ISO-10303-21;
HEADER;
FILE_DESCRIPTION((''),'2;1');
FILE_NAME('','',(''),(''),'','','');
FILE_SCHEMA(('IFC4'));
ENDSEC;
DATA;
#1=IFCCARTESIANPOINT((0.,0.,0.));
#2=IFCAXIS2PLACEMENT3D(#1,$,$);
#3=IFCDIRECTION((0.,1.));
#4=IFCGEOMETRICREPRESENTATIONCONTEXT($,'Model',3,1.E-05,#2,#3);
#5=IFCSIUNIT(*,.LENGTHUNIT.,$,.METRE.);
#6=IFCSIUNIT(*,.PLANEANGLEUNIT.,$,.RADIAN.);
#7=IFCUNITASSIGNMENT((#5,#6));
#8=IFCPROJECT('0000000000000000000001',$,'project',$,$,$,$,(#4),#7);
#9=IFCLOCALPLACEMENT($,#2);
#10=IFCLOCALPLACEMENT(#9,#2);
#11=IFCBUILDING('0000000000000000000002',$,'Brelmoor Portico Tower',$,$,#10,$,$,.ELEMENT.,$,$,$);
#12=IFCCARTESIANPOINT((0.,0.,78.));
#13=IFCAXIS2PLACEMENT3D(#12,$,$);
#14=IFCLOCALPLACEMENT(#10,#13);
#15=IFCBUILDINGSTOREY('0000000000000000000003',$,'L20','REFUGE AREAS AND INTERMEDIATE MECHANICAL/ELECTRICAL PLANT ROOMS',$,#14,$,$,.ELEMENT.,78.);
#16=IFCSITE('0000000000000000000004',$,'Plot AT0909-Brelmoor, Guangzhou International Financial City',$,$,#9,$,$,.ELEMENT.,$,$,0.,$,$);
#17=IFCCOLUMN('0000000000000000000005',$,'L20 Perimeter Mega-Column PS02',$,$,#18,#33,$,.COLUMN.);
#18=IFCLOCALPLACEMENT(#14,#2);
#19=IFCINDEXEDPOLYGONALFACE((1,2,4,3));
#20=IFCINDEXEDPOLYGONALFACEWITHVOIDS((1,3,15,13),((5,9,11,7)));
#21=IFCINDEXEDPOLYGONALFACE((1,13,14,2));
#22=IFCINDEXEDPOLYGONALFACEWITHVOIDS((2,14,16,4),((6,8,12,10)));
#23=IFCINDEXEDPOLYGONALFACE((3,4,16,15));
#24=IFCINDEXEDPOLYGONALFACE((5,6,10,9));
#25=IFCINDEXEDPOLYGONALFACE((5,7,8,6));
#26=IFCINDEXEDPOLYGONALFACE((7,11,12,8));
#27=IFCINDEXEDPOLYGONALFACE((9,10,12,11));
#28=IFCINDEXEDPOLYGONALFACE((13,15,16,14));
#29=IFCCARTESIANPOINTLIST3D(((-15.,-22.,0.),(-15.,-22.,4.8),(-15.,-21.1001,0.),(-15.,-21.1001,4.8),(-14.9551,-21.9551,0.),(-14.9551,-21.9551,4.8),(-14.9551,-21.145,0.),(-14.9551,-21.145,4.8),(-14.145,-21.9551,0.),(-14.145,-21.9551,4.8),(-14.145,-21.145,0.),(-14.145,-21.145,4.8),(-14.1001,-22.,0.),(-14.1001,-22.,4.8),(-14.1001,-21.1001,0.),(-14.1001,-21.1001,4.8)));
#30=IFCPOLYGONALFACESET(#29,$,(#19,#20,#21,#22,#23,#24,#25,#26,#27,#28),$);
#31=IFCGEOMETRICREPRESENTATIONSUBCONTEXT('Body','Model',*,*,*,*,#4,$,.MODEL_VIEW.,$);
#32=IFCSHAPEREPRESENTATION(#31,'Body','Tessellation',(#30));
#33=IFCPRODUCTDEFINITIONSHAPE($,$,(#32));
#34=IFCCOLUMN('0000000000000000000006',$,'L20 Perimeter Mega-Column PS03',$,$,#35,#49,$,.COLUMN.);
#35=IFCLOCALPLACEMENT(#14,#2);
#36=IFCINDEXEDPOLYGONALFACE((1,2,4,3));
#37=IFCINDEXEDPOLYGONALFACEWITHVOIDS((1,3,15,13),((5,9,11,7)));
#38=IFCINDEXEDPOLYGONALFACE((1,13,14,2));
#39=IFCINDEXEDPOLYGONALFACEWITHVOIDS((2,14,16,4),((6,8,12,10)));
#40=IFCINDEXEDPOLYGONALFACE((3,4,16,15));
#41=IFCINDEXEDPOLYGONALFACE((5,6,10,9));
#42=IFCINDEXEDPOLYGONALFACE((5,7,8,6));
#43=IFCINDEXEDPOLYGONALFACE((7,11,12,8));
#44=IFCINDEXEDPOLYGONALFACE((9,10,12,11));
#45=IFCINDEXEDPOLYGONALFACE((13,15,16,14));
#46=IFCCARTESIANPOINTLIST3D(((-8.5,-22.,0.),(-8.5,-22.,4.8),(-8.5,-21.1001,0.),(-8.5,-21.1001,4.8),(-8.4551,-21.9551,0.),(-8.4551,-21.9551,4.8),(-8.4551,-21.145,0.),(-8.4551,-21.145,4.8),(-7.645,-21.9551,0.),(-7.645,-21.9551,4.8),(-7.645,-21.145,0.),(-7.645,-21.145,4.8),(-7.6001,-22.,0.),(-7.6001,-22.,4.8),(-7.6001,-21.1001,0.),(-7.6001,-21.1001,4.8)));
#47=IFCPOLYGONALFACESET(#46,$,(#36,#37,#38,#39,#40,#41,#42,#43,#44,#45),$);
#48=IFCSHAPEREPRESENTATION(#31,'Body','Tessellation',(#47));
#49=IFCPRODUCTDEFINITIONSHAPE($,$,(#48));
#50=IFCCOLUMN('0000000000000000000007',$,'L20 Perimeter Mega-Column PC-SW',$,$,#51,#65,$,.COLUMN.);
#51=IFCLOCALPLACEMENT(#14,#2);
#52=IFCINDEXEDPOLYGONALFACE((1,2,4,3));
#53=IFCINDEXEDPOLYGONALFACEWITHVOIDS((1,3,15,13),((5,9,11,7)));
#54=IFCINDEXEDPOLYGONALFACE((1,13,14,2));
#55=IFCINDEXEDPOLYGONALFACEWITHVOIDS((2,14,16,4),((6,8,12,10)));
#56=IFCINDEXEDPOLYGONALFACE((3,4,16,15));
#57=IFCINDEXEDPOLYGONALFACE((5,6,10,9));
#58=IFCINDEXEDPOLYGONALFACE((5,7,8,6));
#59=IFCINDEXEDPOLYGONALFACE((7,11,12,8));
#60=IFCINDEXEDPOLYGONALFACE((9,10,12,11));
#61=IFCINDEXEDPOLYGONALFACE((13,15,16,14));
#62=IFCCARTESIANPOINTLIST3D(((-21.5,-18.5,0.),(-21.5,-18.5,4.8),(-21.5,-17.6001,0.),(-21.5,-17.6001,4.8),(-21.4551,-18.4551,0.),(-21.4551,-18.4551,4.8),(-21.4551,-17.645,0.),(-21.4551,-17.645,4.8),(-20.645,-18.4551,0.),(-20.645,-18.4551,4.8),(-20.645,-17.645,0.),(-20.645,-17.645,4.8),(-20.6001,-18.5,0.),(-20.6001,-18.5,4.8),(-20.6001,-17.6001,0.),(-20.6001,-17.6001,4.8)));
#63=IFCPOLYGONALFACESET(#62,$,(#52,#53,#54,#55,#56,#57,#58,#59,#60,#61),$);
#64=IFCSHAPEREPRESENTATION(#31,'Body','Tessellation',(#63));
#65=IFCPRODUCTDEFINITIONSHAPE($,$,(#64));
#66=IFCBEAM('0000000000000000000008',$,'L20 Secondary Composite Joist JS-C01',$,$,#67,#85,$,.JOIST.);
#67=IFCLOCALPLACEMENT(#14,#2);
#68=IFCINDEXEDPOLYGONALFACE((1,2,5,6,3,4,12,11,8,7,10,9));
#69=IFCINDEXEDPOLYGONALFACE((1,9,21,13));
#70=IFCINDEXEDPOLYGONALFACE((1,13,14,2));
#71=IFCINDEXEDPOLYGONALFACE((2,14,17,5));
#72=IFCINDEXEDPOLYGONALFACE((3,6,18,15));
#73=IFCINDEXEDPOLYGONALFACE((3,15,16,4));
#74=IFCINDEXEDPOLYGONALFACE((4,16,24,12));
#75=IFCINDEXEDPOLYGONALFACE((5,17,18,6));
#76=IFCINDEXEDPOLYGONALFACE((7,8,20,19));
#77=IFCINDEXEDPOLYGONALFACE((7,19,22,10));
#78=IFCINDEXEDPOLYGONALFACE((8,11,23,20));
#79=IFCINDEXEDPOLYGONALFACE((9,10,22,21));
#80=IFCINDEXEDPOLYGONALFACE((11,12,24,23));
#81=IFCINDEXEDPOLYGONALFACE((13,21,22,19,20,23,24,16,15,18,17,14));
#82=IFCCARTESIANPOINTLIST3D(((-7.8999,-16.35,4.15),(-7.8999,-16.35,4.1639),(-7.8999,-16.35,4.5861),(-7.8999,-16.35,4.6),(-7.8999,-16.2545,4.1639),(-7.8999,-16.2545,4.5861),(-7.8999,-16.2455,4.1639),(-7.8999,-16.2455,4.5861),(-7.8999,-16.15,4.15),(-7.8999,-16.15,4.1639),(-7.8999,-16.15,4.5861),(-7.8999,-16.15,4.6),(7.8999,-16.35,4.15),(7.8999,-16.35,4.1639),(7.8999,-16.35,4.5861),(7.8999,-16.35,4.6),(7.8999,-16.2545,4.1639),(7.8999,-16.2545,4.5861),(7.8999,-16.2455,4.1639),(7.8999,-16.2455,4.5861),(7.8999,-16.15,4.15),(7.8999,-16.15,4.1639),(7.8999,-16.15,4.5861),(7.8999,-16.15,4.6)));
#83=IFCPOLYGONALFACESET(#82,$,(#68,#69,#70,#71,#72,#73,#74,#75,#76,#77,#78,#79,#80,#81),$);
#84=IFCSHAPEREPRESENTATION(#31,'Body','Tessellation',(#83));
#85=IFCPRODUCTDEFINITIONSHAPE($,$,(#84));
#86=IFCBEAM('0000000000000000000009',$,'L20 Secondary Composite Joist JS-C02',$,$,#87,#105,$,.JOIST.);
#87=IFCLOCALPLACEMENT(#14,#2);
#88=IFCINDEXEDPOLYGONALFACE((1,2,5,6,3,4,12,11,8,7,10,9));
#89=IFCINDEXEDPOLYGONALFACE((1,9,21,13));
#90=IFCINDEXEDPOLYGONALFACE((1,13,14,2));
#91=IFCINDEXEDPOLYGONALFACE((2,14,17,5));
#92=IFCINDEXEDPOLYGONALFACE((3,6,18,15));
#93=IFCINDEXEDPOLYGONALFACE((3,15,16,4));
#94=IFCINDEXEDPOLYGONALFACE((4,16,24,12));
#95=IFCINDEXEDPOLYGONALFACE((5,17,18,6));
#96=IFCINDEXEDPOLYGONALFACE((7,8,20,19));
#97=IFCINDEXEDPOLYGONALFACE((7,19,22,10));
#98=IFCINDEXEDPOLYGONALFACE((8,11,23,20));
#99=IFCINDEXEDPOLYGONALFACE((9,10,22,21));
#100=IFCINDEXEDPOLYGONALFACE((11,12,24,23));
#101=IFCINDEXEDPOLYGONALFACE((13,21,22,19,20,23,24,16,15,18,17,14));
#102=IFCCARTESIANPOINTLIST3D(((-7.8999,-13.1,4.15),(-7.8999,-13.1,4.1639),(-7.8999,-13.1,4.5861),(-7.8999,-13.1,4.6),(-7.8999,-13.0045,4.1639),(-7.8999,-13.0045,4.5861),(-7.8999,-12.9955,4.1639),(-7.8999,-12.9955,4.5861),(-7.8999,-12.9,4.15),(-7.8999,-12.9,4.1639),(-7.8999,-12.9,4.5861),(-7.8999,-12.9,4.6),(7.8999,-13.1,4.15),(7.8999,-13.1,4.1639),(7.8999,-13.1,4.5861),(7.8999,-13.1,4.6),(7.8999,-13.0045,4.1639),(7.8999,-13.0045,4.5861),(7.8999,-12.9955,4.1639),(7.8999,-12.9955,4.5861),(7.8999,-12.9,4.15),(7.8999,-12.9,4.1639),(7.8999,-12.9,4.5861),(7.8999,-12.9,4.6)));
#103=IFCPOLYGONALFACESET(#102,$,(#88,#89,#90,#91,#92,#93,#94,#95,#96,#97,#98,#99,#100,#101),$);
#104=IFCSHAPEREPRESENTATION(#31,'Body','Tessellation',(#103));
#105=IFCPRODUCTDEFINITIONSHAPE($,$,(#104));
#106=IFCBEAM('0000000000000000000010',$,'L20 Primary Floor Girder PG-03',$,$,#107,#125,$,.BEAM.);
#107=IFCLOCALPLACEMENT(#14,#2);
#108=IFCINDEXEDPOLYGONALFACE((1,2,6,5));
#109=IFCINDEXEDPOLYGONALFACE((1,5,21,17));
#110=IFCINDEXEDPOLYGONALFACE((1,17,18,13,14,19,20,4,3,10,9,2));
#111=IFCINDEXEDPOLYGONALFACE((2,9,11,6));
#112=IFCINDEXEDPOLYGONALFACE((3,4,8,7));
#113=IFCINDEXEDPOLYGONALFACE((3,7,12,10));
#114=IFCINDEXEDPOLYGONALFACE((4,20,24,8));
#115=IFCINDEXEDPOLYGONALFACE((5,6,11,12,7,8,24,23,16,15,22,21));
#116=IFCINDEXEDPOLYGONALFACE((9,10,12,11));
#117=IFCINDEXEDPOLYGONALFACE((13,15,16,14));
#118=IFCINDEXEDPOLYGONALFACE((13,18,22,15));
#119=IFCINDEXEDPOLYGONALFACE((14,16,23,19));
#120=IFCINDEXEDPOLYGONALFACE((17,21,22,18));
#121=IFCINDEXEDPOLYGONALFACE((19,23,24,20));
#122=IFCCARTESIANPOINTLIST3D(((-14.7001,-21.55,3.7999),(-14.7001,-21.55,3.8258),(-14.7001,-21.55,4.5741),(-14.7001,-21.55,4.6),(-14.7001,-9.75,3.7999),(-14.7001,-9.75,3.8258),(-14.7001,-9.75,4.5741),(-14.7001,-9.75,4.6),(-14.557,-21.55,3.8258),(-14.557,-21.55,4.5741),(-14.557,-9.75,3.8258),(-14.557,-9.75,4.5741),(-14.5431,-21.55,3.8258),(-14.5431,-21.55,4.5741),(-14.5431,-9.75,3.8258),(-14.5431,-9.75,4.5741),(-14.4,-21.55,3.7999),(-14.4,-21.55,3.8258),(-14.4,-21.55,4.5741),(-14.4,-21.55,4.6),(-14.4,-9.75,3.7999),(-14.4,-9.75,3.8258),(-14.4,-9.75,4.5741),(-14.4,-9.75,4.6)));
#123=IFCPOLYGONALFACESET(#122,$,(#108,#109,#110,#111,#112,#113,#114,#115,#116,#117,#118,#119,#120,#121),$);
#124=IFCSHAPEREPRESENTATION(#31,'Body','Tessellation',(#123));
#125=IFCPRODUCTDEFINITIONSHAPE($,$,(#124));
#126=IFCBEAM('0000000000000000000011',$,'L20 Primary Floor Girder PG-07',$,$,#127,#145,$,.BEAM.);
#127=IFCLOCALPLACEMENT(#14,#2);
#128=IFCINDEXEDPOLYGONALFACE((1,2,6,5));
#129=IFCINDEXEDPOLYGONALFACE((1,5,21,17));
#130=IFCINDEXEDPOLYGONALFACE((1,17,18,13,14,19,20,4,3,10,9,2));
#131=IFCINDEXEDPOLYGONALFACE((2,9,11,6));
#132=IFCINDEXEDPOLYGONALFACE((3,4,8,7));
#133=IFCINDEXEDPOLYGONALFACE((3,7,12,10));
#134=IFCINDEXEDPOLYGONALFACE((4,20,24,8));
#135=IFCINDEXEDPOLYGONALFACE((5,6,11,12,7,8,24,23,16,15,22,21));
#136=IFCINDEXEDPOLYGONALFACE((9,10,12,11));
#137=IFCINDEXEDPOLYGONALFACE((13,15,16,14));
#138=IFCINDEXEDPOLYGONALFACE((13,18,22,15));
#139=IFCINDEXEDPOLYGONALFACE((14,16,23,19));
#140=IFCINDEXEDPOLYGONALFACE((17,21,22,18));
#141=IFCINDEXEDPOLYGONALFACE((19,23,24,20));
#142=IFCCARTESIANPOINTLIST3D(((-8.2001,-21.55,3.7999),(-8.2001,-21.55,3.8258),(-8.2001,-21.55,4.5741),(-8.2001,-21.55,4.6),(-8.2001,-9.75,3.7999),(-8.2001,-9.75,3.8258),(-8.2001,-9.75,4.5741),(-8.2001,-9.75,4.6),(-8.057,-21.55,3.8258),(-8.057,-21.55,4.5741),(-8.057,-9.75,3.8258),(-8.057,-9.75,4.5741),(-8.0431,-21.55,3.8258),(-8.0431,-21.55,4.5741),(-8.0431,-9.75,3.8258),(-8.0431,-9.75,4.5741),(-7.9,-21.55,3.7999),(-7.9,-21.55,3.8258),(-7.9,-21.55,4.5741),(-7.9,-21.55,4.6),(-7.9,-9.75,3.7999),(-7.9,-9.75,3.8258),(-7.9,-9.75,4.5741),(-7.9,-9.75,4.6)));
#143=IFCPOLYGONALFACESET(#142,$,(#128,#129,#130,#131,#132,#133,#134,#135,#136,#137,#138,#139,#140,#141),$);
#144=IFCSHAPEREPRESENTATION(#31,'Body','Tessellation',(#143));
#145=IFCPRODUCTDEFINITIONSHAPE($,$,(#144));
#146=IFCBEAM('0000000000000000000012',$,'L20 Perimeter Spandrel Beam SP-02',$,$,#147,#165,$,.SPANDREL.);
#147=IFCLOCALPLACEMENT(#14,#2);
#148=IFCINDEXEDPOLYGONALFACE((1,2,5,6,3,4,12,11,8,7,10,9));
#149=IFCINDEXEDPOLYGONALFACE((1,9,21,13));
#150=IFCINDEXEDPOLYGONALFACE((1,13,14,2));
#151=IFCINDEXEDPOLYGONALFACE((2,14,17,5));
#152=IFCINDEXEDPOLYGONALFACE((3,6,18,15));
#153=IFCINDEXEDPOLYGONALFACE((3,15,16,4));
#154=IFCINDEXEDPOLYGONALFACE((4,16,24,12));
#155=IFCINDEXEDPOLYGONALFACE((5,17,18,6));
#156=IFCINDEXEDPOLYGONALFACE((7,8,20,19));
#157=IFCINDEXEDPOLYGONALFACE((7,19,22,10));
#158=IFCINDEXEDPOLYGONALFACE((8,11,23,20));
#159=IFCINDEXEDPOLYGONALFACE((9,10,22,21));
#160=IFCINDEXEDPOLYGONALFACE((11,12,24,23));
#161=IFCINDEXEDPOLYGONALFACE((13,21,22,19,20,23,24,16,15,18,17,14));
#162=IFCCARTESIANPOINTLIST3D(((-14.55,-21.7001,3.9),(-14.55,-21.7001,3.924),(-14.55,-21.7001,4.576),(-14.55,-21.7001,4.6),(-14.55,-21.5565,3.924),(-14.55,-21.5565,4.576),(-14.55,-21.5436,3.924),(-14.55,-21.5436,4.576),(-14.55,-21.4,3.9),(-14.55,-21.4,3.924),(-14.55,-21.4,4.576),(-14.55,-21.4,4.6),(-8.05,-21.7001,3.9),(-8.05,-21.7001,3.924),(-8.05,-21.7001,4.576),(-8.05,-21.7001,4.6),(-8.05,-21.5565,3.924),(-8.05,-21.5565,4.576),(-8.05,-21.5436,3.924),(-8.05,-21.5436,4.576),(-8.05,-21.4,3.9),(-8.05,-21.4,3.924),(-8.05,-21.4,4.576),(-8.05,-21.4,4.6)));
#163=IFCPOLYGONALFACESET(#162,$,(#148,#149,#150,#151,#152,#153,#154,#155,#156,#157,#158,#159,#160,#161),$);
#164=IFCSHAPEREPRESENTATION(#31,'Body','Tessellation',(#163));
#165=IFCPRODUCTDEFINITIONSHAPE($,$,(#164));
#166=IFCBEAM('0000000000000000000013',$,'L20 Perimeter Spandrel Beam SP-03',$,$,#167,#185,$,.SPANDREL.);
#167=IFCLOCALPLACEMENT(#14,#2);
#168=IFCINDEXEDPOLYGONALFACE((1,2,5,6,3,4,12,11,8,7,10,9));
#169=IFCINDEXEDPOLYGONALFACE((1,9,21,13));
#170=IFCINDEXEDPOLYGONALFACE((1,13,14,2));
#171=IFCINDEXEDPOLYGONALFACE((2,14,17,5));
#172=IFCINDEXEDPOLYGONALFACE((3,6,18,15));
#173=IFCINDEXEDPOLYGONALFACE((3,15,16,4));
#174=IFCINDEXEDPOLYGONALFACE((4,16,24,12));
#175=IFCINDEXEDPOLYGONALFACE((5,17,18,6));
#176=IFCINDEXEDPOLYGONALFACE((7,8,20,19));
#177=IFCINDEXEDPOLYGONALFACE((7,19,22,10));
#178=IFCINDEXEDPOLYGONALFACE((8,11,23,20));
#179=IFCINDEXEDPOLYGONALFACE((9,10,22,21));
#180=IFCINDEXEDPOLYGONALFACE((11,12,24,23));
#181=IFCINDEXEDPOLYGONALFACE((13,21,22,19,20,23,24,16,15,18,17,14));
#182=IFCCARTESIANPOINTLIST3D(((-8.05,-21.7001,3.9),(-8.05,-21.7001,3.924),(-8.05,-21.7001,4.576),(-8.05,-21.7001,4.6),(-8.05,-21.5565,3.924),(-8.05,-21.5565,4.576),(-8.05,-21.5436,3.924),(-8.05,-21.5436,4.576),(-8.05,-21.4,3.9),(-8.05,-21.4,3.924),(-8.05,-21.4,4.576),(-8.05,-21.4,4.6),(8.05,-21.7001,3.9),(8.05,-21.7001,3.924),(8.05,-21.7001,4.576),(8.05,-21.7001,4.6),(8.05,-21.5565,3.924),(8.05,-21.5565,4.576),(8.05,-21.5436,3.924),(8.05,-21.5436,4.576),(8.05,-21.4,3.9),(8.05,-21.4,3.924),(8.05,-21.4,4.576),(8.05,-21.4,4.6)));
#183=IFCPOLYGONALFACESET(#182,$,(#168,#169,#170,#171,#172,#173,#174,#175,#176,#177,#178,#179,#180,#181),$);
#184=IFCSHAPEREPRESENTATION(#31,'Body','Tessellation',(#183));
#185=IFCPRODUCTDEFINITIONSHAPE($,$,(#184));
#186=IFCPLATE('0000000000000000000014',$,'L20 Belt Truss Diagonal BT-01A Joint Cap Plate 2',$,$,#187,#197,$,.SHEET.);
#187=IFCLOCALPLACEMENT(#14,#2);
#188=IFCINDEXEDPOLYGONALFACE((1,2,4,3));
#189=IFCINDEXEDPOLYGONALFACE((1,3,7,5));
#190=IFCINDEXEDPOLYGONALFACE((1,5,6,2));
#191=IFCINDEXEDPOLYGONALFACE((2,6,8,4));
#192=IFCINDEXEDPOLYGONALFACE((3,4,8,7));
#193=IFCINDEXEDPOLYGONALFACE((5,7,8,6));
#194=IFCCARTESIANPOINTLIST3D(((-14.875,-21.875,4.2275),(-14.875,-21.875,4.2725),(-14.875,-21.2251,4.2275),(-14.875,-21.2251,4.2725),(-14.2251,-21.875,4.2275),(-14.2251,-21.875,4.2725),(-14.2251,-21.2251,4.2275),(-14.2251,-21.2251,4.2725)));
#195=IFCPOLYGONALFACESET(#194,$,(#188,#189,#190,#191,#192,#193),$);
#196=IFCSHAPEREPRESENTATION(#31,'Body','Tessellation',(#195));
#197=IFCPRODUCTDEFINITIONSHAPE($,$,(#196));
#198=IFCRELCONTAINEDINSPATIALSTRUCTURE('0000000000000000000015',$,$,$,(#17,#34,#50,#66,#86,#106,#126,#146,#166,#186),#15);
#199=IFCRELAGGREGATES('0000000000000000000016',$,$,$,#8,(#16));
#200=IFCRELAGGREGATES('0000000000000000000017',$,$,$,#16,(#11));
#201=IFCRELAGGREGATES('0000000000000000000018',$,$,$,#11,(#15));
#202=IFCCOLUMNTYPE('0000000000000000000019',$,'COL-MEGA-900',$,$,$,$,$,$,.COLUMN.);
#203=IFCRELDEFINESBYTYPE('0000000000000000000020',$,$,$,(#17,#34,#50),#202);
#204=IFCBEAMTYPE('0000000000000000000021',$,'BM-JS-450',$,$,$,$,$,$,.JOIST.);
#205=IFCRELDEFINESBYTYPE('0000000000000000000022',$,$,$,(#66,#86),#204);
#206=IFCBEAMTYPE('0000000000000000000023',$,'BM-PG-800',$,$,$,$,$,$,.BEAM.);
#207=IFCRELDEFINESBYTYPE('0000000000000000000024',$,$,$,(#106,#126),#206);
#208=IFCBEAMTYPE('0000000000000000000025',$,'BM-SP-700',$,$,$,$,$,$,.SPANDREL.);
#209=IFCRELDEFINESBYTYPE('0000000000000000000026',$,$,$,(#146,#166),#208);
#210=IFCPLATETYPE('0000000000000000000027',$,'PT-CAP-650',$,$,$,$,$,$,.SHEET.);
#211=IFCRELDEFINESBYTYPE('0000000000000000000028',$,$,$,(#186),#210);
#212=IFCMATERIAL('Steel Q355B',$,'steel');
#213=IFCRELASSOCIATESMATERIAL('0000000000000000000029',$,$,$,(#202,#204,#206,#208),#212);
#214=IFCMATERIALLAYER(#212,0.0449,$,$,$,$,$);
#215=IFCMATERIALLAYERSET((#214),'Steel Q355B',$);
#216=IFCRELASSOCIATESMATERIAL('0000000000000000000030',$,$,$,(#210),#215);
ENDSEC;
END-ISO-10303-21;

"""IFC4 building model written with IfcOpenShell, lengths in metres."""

from ifc_helpers import new_model, si_unit, direction, frame, origin, origin_2d, place, context, subcontext, project, spatial, rectangle, hollow_rectangle, i_section, extrude, material, layer, layer_set, material_profile, profile_set, type_object, element, save


model = new_model("IFC4")

# Units and contexts
model_context = context("Model", 3, precision=1e-05, world=origin(), true_north=direction((0.0, 1.0)))
body_context = subcontext(model_context, "Body", "Model", "MODEL_VIEW")
ifc_project = project(units=[si_unit("LENGTHUNIT", "METRE"), si_unit("PLANEANGLEUNIT", "RADIAN")], contexts=[model_context])

# Site, building, storey
site_placement = place(None, origin())
site = spatial("IfcSite", under=ifc_project, at=site_placement, Name="Plot AT0909-Brelmoor, Guangzhou International Financial City", CompositionType="ELEMENT", RefElevation=0.0)
building_placement = place(site_placement, origin())
building = spatial("IfcBuilding", under=site, at=building_placement, Name="Brelmoor Portico Tower", CompositionType="ELEMENT")
storey_placement = place(building_placement, frame((0.0, 0.0, 78.0)))
storey = spatial("IfcBuildingStorey", under=building, at=storey_placement, Name="L20", Description="REFUGE AREAS AND INTERMEDIATE MECHANICAL/ELECTRICAL PLANT ROOMS", CompositionType="ELEMENT", Elevation=78.0)

# Columns
ifc_material_1 = material(Name="Steel Q355B", Category="steel")
ifc_material_profile_1 = material_profile(ifc_material_1, hollow_rectangle(XDim=0.8999, YDim=0.8999, WallThickness=0.0449, at=origin_2d()), Name="BOX 900x900x45")
ifc_profile_set_1 = profile_set([ifc_material_profile_1], Name="Steel Q355B")
column_type = type_object("IfcColumnType", Name="COL-MEGA-900", PredefinedType="COLUMN", material=ifc_profile_set_1)
for number, where, z_axis, x_axis, name in (
    (1, (-14.55, -21.55, 0.0), (0.0, 0.0, 1.0), (1.0, 0.0, 0.0), "L20 Perimeter Mega-Column PS02"),
    (2, (-8.05, -21.55, 0.0), (0.0, 0.0, 1.0), (1.0, 0.0, 0.0), "L20 Perimeter Mega-Column PS03"),
    (3, (-21.05, -18.05, 0.0), (0.0, 0.0, 1.0), (1.0, 0.0, 0.0), "L20 Perimeter Mega-Column PC-SW"),
):
    element("IfcColumn", number, at=place(storey_placement, frame(where, z_axis=z_axis, x_axis=x_axis)), inside=storey, type_object=column_type, Name=name, PredefinedType="COLUMN", context=body_context, shape_type="SweptSolid", body=[
        extrude(hollow_rectangle(XDim=0.8999, YDim=0.8999, WallThickness=0.0449, at=origin_2d()), origin(), (0.0, 0.0, 1.0), 4.8),
    ])

# Beams
ifc_material_profile_2 = material_profile(ifc_material_1, i_section(OverallWidth=0.2, OverallDepth=0.45, WebThickness=0.009, FlangeThickness=0.0139, at=origin_2d()), Name="HN 450x200x9x14")
ifc_profile_set_2 = profile_set([ifc_material_profile_2], Name="Steel Q355B")
beam_type_1 = type_object("IfcBeamType", Name="BM-JS-450", PredefinedType="JOIST", material=ifc_profile_set_2)
for number, where, z_axis, x_axis, name in (
    (4, (-7.8999, -16.25, 4.375), (1.0, 0.0, 0.0), (0.0, 1.0, 0.0), "L20 Secondary Composite Joist JS-C01"),
    (5, (-7.8999, -13.0, 4.375), (1.0, 0.0, 0.0), (0.0, 1.0, 0.0), "L20 Secondary Composite Joist JS-C02"),
):
    element("IfcBeam", number, at=place(storey_placement, frame(where, z_axis=z_axis, x_axis=x_axis)), inside=storey, type_object=beam_type_1, Name=name, PredefinedType="JOIST", context=body_context, shape_type="SweptSolid", body=[
        extrude(i_section(OverallWidth=0.2, OverallDepth=0.45, WebThickness=0.009, FlangeThickness=0.0139, at=origin_2d()), origin(), (0.0, 0.0, 1.0), 15.7998),
    ])
ifc_material_profile_3 = material_profile(ifc_material_1, i_section(OverallWidth=0.3, OverallDepth=0.8, WebThickness=0.0139, FlangeThickness=0.0259, at=origin_2d()), Name="HN 800x300x14x26")
ifc_profile_set_3 = profile_set([ifc_material_profile_3], Name="Steel Q355B")
beam_type_2 = type_object("IfcBeamType", Name="BM-PG-800", PredefinedType="BEAM", material=ifc_profile_set_3)
for number, where, z_axis, x_axis, name in (
    (6, (-14.55, -21.55, 4.2), (0.0, 1.0, 0.0), (-1.0, 0.0, 0.0), "L20 Primary Floor Girder PG-03"),
    (7, (-8.05, -21.55, 4.2), (0.0, 1.0, 0.0), (-1.0, 0.0, 0.0), "L20 Primary Floor Girder PG-07"),
):
    element("IfcBeam", number, at=place(storey_placement, frame(where, z_axis=z_axis, x_axis=x_axis)), inside=storey, type_object=beam_type_2, Name=name, PredefinedType="BEAM", context=body_context, shape_type="SweptSolid", body=[
        extrude(i_section(OverallWidth=0.3, OverallDepth=0.8, WebThickness=0.0139, FlangeThickness=0.0259, at=origin_2d()), origin(), (0.0, 0.0, 1.0), 11.8),
    ])
ifc_material_profile_4 = material_profile(ifc_material_1, i_section(OverallWidth=0.3, OverallDepth=0.7, WebThickness=0.0129, FlangeThickness=0.0239, at=origin_2d()), Name="HN 700x300x13x24")
ifc_profile_set_4 = profile_set([ifc_material_profile_4], Name="Steel Q355B")
beam_type_3 = type_object("IfcBeamType", Name="BM-SP-700", PredefinedType="SPANDREL", material=ifc_profile_set_4)
beam_1_placement = place(storey_placement, frame((-14.55, -21.55, 4.25), z_axis=(1.0, 0.0, 0.0), x_axis=(0.0, 1.0, 0.0)))
element("IfcBeam", 8, at=beam_1_placement, inside=storey, type_object=beam_type_3, Name="L20 Perimeter Spandrel Beam SP-02", PredefinedType="SPANDREL", context=body_context, shape_type="SweptSolid", body=[
    extrude(i_section(OverallWidth=0.3, OverallDepth=0.7, WebThickness=0.0129, FlangeThickness=0.0239, at=origin_2d()), origin(), (0.0, 0.0, 1.0), 6.5),
])
beam_2_placement = place(storey_placement, frame((-8.05, -21.55, 4.25), z_axis=(1.0, 0.0, 0.0), x_axis=(0.0, 1.0, 0.0)))
element("IfcBeam", 9, at=beam_2_placement, inside=storey, type_object=beam_type_3, Name="L20 Perimeter Spandrel Beam SP-03", PredefinedType="SPANDREL", context=body_context, shape_type="SweptSolid", body=[
    extrude(i_section(OverallWidth=0.3, OverallDepth=0.7, WebThickness=0.0129, FlangeThickness=0.0239, at=origin_2d()), origin(), (0.0, 0.0, 1.0), 16.1001),
])

# Plate
ifc_layer_1 = layer(ifc_material_1, 0.0449)
ifc_layer_set_1 = layer_set([ifc_layer_1], Name="Steel Q355B")
plate_type_1 = type_object("IfcPlateType", Name="PT-CAP-650", PredefinedType="SHEET", material=ifc_layer_set_1)
for number, where, z_axis, x_axis, name in (
    (10, (-14.55, -21.55, 4.2275), (0.0, 0.0, 1.0), (1.0, 0.0, 0.0), "L20 Belt Truss Diagonal BT-01A Joint Cap Plate 2"),
):
    element("IfcPlate", number, at=place(storey_placement, frame(where, z_axis=z_axis, x_axis=x_axis)), inside=storey, type_object=plate_type_1, Name=name, PredefinedType="SHEET", context=body_context, shape_type="SweptSolid", body=[
        extrude(rectangle(XDim=0.6499, YDim=0.6499, at=origin_2d()), origin(), (0.0, 0.0, 1.0), 0.0449),
    ])

save(model, "model.ifc")
